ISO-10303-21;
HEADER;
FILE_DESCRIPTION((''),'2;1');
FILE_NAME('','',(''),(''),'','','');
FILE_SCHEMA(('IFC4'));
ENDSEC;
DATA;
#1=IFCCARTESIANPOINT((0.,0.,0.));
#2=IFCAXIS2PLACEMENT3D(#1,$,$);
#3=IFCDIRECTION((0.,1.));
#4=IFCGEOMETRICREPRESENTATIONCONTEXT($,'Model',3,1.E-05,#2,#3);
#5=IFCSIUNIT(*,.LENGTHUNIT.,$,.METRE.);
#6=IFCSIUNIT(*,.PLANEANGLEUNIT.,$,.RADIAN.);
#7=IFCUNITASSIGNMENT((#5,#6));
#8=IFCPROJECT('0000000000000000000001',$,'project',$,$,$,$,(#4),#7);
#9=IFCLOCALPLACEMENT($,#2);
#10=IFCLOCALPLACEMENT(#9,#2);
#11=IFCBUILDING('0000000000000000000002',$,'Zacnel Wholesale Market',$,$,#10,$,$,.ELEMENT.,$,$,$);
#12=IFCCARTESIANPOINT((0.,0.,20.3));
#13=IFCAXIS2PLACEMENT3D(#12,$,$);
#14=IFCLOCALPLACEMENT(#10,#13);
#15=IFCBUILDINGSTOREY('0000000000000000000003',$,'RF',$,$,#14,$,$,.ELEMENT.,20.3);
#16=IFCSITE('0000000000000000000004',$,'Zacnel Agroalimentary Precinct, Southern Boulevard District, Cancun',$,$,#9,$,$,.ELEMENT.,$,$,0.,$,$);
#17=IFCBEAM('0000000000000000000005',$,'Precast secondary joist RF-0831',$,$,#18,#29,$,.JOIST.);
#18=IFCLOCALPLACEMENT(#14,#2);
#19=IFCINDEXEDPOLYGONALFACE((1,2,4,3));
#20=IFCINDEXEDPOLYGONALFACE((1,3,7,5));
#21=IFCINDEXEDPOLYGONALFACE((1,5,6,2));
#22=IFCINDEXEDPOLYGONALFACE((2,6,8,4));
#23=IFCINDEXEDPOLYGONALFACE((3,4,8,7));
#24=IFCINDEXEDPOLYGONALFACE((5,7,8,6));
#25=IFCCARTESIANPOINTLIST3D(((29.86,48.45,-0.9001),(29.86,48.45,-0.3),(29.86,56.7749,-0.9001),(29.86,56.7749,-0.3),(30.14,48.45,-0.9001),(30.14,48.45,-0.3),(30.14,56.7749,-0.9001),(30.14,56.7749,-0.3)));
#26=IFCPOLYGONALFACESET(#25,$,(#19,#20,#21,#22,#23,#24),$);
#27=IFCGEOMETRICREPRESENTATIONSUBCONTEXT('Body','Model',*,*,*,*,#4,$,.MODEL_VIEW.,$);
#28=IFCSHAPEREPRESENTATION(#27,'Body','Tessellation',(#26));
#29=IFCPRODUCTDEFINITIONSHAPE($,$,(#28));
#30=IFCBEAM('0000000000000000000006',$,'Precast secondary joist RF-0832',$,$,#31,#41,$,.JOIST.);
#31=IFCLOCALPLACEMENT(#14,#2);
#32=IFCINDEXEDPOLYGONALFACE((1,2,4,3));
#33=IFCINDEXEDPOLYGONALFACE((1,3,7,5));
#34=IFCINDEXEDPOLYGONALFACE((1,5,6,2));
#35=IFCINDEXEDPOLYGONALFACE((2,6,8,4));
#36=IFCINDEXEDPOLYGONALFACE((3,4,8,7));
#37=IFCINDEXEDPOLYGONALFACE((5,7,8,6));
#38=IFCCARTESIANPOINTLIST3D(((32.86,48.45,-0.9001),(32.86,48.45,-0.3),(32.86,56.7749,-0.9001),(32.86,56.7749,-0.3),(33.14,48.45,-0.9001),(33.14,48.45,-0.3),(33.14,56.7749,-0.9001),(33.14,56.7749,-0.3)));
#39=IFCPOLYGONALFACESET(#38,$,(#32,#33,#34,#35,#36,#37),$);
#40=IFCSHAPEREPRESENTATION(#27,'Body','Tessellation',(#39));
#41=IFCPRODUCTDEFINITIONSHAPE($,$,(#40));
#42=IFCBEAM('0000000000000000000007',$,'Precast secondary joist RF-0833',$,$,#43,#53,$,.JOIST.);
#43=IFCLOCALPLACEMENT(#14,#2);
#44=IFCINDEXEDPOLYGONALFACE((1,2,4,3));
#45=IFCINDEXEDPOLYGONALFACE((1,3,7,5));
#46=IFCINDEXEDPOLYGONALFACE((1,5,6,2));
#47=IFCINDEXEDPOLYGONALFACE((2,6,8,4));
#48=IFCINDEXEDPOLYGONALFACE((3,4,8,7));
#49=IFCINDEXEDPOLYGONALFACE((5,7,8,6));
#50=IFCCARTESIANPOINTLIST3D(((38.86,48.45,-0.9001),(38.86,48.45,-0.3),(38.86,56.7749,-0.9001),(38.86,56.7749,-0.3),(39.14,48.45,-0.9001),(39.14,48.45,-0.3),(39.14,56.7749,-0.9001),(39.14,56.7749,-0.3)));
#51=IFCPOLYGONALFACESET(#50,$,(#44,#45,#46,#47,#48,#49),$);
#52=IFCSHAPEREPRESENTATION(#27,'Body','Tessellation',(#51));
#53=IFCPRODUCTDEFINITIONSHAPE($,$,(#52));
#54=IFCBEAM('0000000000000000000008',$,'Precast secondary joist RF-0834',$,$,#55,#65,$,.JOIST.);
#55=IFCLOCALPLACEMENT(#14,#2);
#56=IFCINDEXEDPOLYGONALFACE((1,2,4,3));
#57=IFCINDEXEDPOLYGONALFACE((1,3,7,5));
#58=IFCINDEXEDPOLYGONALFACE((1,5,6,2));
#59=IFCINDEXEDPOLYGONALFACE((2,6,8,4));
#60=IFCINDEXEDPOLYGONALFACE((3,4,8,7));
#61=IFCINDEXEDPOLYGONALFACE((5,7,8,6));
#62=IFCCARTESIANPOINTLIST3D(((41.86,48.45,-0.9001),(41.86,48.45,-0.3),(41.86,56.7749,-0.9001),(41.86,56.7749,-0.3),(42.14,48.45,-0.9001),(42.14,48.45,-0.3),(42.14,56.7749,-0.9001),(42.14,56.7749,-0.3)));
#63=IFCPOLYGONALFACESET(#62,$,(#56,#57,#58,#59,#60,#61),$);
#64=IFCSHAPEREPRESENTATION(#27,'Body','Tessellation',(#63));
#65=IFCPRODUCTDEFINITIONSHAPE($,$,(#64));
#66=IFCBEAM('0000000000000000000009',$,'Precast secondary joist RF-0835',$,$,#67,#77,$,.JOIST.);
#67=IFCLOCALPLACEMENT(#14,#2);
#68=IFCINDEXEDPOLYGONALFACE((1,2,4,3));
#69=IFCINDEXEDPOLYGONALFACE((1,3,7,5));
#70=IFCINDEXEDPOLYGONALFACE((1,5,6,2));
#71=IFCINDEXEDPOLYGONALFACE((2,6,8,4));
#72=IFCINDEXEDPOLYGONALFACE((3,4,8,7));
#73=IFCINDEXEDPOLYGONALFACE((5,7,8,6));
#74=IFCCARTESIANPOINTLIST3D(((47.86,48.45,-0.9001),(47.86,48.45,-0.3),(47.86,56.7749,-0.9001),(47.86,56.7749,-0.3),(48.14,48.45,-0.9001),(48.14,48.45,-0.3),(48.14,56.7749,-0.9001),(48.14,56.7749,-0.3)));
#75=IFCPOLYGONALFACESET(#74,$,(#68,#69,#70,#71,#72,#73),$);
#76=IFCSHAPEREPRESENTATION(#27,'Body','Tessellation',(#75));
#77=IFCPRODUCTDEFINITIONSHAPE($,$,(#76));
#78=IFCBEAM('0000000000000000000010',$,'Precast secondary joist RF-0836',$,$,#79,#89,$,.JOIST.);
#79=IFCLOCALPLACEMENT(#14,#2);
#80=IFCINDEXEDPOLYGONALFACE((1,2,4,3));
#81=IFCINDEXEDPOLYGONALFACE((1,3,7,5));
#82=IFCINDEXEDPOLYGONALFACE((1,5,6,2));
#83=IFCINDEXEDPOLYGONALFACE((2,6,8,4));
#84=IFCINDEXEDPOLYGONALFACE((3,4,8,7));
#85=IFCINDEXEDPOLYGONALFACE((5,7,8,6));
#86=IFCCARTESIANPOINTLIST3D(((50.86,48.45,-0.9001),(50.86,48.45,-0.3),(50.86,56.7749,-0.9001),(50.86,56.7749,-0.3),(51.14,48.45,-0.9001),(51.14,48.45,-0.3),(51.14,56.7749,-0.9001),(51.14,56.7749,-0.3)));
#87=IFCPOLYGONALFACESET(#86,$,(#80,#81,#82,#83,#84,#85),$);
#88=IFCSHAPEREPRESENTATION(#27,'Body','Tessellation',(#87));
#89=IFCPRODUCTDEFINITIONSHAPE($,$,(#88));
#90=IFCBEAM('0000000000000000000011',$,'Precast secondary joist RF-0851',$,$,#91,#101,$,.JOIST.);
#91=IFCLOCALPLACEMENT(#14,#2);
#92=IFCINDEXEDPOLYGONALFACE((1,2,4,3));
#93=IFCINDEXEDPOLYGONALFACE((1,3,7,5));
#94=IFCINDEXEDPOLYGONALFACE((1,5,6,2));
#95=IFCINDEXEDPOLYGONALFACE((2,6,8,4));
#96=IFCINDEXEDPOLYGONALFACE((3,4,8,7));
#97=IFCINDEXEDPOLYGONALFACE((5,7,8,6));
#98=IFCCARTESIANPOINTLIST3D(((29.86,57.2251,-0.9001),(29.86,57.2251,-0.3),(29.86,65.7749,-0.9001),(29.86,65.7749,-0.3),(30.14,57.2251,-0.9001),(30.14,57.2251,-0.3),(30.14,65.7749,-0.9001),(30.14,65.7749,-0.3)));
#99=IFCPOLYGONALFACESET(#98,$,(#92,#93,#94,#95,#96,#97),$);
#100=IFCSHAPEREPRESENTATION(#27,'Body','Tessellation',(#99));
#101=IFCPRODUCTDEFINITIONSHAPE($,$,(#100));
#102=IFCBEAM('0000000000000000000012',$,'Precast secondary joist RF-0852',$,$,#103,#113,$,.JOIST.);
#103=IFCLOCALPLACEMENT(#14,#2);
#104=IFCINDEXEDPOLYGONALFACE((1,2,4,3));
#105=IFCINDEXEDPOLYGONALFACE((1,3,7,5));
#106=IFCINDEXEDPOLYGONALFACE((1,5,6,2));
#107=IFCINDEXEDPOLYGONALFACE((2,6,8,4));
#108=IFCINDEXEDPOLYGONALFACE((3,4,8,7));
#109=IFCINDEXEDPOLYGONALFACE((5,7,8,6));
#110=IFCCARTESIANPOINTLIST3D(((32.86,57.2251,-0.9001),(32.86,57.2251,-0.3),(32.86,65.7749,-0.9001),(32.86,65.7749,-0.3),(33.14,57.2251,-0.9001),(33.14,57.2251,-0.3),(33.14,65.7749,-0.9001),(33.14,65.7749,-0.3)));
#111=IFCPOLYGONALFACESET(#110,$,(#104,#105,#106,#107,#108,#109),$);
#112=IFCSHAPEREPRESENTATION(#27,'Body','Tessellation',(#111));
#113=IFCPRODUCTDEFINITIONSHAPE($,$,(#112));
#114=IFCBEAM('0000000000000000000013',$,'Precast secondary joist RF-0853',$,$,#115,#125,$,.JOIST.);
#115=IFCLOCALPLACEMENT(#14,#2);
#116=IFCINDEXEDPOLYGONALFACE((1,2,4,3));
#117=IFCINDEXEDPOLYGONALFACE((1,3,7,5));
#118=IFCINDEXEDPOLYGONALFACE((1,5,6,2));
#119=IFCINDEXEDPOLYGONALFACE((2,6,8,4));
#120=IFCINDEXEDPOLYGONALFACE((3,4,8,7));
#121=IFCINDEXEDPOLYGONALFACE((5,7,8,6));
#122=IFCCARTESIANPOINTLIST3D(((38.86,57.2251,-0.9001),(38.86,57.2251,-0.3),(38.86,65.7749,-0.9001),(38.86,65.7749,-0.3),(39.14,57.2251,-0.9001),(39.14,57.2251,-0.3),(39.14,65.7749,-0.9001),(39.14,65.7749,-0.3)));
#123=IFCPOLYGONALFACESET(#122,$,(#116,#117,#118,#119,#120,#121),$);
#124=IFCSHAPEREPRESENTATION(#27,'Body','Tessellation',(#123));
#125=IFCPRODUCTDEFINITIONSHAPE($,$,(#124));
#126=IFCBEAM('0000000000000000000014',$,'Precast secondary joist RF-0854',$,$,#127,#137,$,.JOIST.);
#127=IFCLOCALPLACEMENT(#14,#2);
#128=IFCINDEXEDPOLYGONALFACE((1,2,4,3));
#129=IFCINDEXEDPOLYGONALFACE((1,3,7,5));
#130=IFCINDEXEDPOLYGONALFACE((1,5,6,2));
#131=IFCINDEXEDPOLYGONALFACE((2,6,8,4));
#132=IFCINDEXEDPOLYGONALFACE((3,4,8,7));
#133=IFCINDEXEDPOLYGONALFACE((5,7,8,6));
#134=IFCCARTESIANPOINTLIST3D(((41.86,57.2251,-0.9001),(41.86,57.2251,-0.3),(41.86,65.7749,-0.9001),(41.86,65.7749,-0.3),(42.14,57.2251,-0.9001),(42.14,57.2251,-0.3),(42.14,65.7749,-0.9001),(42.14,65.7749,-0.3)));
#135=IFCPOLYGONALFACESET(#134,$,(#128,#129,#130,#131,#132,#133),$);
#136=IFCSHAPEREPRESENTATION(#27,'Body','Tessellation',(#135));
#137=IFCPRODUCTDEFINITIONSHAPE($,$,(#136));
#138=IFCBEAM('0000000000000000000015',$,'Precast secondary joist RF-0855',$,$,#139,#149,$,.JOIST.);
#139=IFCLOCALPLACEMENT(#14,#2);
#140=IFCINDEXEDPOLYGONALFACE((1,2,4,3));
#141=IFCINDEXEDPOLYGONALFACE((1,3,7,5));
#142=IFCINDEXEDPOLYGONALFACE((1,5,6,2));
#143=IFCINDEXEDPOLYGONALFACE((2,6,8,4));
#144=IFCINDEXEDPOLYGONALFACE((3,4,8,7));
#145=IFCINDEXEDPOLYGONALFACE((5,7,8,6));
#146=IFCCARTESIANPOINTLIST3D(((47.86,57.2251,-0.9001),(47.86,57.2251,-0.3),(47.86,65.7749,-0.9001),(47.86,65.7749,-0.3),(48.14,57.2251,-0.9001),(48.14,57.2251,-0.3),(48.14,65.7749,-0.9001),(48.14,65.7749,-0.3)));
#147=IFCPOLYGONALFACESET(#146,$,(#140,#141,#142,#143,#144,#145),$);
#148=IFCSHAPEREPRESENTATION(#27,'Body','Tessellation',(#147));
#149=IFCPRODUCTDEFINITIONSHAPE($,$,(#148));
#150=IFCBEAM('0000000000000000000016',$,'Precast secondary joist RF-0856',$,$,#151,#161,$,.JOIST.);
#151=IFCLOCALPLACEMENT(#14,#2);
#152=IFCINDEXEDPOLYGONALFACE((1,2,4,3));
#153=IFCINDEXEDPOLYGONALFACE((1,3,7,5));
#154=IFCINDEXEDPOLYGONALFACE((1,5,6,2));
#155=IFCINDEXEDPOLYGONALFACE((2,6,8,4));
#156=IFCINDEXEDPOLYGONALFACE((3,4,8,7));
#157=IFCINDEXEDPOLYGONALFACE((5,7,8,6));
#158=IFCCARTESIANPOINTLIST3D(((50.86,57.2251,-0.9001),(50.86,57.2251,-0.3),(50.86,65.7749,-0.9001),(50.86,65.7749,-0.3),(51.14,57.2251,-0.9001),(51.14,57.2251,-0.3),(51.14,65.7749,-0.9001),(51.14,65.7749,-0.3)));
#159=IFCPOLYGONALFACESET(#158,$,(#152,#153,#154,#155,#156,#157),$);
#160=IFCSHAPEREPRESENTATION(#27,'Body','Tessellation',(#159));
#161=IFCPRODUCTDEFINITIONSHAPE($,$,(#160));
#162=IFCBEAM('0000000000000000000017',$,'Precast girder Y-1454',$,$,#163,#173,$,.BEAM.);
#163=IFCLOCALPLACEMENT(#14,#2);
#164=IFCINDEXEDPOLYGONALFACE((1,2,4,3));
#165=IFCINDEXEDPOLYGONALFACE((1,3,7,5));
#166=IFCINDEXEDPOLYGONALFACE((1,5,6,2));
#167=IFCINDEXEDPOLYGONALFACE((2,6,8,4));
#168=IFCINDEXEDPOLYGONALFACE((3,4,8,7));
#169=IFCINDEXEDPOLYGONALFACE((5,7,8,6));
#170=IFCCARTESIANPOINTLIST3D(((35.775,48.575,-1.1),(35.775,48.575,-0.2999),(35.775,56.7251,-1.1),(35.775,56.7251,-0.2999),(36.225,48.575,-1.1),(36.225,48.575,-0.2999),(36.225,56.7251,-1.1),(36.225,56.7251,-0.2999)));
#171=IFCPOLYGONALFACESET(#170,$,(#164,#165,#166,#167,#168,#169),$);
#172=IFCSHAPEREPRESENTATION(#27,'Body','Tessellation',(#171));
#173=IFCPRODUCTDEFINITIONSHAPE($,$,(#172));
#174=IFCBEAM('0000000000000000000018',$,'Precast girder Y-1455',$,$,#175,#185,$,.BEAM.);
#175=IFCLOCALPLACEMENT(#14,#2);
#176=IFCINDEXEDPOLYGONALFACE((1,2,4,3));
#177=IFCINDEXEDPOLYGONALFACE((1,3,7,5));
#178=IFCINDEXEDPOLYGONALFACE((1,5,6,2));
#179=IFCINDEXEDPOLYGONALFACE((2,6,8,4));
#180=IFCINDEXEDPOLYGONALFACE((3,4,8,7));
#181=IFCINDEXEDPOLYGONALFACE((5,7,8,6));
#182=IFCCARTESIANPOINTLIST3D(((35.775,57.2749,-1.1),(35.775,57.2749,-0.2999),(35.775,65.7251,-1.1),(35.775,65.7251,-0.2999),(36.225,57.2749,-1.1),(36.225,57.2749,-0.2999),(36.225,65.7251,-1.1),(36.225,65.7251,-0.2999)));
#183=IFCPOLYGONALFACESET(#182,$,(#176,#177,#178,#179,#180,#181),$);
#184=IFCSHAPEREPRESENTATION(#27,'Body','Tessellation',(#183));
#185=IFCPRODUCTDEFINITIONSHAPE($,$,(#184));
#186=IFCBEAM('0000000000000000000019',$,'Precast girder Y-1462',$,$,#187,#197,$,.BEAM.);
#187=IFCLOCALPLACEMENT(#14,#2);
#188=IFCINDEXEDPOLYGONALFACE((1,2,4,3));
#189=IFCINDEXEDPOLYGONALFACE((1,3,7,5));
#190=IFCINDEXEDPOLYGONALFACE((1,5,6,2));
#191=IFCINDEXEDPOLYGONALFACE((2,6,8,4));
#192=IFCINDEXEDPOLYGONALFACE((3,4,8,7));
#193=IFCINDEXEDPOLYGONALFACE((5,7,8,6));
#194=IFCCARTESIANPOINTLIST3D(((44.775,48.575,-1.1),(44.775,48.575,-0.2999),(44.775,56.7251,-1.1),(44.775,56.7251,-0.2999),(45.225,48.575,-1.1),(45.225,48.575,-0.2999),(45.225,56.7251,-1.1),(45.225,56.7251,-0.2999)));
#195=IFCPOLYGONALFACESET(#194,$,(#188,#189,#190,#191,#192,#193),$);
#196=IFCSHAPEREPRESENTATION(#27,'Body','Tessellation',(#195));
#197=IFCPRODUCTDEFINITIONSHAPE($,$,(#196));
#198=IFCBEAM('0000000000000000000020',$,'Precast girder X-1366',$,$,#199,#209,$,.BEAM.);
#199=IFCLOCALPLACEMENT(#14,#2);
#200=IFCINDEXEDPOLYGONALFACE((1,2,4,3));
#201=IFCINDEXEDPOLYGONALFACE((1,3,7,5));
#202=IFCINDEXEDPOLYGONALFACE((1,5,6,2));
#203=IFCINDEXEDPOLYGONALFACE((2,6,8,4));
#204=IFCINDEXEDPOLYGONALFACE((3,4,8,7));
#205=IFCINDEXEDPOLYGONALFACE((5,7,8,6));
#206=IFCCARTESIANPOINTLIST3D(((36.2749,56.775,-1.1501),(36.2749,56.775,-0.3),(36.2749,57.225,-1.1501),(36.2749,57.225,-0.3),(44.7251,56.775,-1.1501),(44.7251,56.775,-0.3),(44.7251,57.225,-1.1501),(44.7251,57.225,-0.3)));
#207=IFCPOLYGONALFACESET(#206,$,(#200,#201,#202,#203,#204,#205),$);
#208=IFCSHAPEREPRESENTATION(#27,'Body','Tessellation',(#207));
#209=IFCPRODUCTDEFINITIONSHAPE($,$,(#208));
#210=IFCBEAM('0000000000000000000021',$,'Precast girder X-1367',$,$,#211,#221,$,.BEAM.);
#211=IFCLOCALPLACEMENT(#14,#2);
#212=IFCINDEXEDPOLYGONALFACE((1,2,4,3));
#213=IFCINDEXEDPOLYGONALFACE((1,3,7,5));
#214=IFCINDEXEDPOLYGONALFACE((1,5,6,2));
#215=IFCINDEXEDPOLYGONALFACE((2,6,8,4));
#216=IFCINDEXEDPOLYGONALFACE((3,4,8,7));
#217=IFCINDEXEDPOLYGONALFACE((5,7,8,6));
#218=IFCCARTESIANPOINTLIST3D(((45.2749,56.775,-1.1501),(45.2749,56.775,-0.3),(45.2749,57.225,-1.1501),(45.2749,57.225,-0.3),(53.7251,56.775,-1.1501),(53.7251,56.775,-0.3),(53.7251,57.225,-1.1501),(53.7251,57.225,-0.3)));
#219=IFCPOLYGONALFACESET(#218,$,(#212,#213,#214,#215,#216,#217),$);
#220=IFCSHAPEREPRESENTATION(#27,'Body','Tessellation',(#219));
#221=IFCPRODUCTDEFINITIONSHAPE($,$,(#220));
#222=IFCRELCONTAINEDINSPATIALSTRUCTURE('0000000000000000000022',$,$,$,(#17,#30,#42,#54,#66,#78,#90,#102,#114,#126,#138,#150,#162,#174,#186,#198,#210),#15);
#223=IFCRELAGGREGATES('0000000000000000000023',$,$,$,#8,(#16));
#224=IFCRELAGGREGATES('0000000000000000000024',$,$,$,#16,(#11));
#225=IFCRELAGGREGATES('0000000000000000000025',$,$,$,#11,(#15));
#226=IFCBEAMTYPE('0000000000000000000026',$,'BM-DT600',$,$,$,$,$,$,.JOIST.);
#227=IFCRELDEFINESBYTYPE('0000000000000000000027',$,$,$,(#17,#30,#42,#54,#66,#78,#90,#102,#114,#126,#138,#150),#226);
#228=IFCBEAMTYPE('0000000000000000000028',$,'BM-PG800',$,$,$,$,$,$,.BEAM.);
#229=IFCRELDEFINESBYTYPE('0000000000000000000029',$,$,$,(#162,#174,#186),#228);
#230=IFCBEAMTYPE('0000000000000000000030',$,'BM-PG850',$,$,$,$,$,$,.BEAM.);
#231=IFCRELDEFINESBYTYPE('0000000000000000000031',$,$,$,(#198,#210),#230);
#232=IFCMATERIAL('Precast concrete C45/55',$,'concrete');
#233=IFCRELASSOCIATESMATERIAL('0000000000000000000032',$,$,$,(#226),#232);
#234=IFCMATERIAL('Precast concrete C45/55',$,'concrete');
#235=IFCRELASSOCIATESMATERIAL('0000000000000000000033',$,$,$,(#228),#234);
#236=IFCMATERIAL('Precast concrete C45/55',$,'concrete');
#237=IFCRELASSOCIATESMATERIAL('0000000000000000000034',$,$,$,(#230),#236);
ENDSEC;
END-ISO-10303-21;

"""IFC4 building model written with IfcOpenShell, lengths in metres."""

from ifc_helpers import new_model, si_unit, direction, frame, origin, origin_2d, place, context, subcontext, project, spatial, rectangle, extrude, material, material_profile, profile_set, type_object, element, save


model = new_model("IFC4")

# Units and contexts
model_context = context("Model", 3, precision=1e-05, world=origin(), true_north=direction((0.0, 1.0)))
body_context = subcontext(model_context, "Body", "Model", "MODEL_VIEW")
ifc_project = project(units=[si_unit("LENGTHUNIT", "METRE"), si_unit("PLANEANGLEUNIT", "RADIAN")], contexts=[model_context])

# Site, building, storey
site_placement = place(None, origin())
site = spatial("IfcSite", under=ifc_project, at=site_placement, Name="Zacnel Agroalimentary Precinct, Southern Boulevard District, Cancun", CompositionType="ELEMENT", RefElevation=0.0)
building_placement = place(site_placement, origin())
building = spatial("IfcBuilding", under=site, at=building_placement, Name="Zacnel Wholesale Market", CompositionType="ELEMENT")
storey_placement = place(building_placement, frame((0.0, 0.0, 20.3)))
storey = spatial("IfcBuildingStorey", under=building, at=storey_placement, Name="RF", CompositionType="ELEMENT", Elevation=20.3)

# Beams
ifc_material_1 = material(Name="Precast concrete C45/55", Category="concrete")
ifc_material_profile_1 = material_profile(ifc_material_1, rectangle(XDim=0.28, YDim=0.6001, at=origin_2d()), Name="DT RIB 280x600")
ifc_profile_set_1 = profile_set([ifc_material_profile_1], Name="Precast concrete C45/55")
beam_type_1 = type_object("IfcBeamType", Name="BM-DT600", PredefinedType="JOIST", material=ifc_profile_set_1)
for number, where, z_axis, x_axis, name in (
    (1, (30.0, 48.45, -0.6001), (0.0, 1.0, 0.0), (-1.0, 0.0, 0.0), "Precast secondary joist RF-0831"),
    (2, (33.0, 48.45, -0.6001), (0.0, 1.0, 0.0), (-1.0, 0.0, 0.0), "Precast secondary joist RF-0832"),
    (3, (39.0, 48.45, -0.6001), (0.0, 1.0, 0.0), (-1.0, 0.0, 0.0), "Precast secondary joist RF-0833"),
    (4, (42.0, 48.45, -0.6001), (0.0, 1.0, 0.0), (-1.0, 0.0, 0.0), "Precast secondary joist RF-0834"),
    (5, (48.0, 48.45, -0.6001), (0.0, 1.0, 0.0), (-1.0, 0.0, 0.0), "Precast secondary joist RF-0835"),
    (6, (51.0, 48.45, -0.6001), (0.0, 1.0, 0.0), (-1.0, 0.0, 0.0), "Precast secondary joist RF-0836"),
):
    element("IfcBeam", number, at=place(storey_placement, frame(where, z_axis=z_axis, x_axis=x_axis)), inside=storey, type_object=beam_type_1, Name=name, PredefinedType="JOIST", context=body_context, shape_type="SweptSolid", body=[
        extrude(rectangle(XDim=0.28, YDim=0.6001, at=origin_2d()), origin(), (0.0, 0.0, 1.0), 8.325),
    ])
for number, where, z_axis, x_axis, name in (
    (7, (30.0, 57.2251, -0.6001), (0.0, 1.0, 0.0), (-1.0, 0.0, 0.0), "Precast secondary joist RF-0851"),
    (8, (33.0, 57.2251, -0.6001), (0.0, 1.0, 0.0), (-1.0, 0.0, 0.0), "Precast secondary joist RF-0852"),
    (9, (39.0, 57.2251, -0.6001), (0.0, 1.0, 0.0), (-1.0, 0.0, 0.0), "Precast secondary joist RF-0853"),
    (10, (42.0, 57.2251, -0.6001), (0.0, 1.0, 0.0), (-1.0, 0.0, 0.0), "Precast secondary joist RF-0854"),
    (11, (48.0, 57.2251, -0.6001), (0.0, 1.0, 0.0), (-1.0, 0.0, 0.0), "Precast secondary joist RF-0855"),
    (12, (51.0, 57.2251, -0.6001), (0.0, 1.0, 0.0), (-1.0, 0.0, 0.0), "Precast secondary joist RF-0856"),
):
    element("IfcBeam", number, at=place(storey_placement, frame(where, z_axis=z_axis, x_axis=x_axis)), inside=storey, type_object=beam_type_1, Name=name, PredefinedType="JOIST", context=body_context, shape_type="SweptSolid", body=[
        extrude(rectangle(XDim=0.28, YDim=0.6001, at=origin_2d()), origin(), (0.0, 0.0, 1.0), 8.5498),
    ])
ifc_material_2 = material(Name="Precast concrete C45/55", Category="concrete")
ifc_material_profile_2 = material_profile(ifc_material_2, rectangle(XDim=0.45, YDim=0.8, at=origin_2d()), Name="PG 450x800")
ifc_profile_set_2 = profile_set([ifc_material_profile_2], Name="Precast concrete C45/55")
beam_type_2 = type_object("IfcBeamType", Name="BM-PG800", PredefinedType="BEAM", material=ifc_profile_set_2)
beam_1_placement = place(storey_placement, frame((36.0, 48.575, -0.7), z_axis=(0.0, 1.0, 0.0), x_axis=(-1.0, 0.0, 0.0)))
element("IfcBeam", 13, at=beam_1_placement, inside=storey, type_object=beam_type_2, Name="Precast girder Y-1454", PredefinedType="BEAM", context=body_context, shape_type="SweptSolid", body=[
    extrude(rectangle(XDim=0.45, YDim=0.8, at=origin_2d()), origin(), (0.0, 0.0, 1.0), 8.1501),
])
beam_2_placement = place(storey_placement, frame((36.0, 57.2749, -0.7), z_axis=(0.0, 1.0, 0.0), x_axis=(-1.0, 0.0, 0.0)))
element("IfcBeam", 14, at=beam_2_placement, inside=storey, type_object=beam_type_2, Name="Precast girder Y-1455", PredefinedType="BEAM", context=body_context, shape_type="SweptSolid", body=[
    extrude(rectangle(XDim=0.45, YDim=0.8, at=origin_2d()), origin(), (0.0, 0.0, 1.0), 8.4502),
])
beam_3_placement = place(storey_placement, frame((45.0, 48.575, -0.7), z_axis=(0.0, 1.0, 0.0), x_axis=(-1.0, 0.0, 0.0)))
element("IfcBeam", 15, at=beam_3_placement, inside=storey, type_object=beam_type_2, Name="Precast girder Y-1462", PredefinedType="BEAM", context=body_context, shape_type="SweptSolid", body=[
    extrude(rectangle(XDim=0.45, YDim=0.8, at=origin_2d()), origin(), (0.0, 0.0, 1.0), 8.1501),
])
ifc_material_3 = material(Name="Precast concrete C45/55", Category="concrete")
ifc_material_profile_3 = material_profile(ifc_material_3, rectangle(XDim=0.45, YDim=0.8501, at=origin_2d()), Name="PG 450x850")
ifc_profile_set_3 = profile_set([ifc_material_profile_3], Name="Precast concrete C45/55")
beam_type_3 = type_object("IfcBeamType", Name="BM-PG850", PredefinedType="BEAM", material=ifc_profile_set_3)
for number, where, z_axis, x_axis, name in (
    (16, (36.2749, 57.0, -0.7251), (1.0, 0.0, 0.0), (0.0, 1.0, 0.0), "Precast girder X-1366"),
    (17, (45.2749, 57.0, -0.7251), (1.0, 0.0, 0.0), (0.0, 1.0, 0.0), "Precast girder X-1367"),
):
    element("IfcBeam", number, at=place(storey_placement, frame(where, z_axis=z_axis, x_axis=x_axis)), inside=storey, type_object=beam_type_3, Name=name, PredefinedType="BEAM", context=body_context, shape_type="SweptSolid", body=[
        extrude(rectangle(XDim=0.45, YDim=0.8501, at=origin_2d()), origin(), (0.0, 0.0, 1.0), 8.4502),
    ])

save(model, "model.ifc")
